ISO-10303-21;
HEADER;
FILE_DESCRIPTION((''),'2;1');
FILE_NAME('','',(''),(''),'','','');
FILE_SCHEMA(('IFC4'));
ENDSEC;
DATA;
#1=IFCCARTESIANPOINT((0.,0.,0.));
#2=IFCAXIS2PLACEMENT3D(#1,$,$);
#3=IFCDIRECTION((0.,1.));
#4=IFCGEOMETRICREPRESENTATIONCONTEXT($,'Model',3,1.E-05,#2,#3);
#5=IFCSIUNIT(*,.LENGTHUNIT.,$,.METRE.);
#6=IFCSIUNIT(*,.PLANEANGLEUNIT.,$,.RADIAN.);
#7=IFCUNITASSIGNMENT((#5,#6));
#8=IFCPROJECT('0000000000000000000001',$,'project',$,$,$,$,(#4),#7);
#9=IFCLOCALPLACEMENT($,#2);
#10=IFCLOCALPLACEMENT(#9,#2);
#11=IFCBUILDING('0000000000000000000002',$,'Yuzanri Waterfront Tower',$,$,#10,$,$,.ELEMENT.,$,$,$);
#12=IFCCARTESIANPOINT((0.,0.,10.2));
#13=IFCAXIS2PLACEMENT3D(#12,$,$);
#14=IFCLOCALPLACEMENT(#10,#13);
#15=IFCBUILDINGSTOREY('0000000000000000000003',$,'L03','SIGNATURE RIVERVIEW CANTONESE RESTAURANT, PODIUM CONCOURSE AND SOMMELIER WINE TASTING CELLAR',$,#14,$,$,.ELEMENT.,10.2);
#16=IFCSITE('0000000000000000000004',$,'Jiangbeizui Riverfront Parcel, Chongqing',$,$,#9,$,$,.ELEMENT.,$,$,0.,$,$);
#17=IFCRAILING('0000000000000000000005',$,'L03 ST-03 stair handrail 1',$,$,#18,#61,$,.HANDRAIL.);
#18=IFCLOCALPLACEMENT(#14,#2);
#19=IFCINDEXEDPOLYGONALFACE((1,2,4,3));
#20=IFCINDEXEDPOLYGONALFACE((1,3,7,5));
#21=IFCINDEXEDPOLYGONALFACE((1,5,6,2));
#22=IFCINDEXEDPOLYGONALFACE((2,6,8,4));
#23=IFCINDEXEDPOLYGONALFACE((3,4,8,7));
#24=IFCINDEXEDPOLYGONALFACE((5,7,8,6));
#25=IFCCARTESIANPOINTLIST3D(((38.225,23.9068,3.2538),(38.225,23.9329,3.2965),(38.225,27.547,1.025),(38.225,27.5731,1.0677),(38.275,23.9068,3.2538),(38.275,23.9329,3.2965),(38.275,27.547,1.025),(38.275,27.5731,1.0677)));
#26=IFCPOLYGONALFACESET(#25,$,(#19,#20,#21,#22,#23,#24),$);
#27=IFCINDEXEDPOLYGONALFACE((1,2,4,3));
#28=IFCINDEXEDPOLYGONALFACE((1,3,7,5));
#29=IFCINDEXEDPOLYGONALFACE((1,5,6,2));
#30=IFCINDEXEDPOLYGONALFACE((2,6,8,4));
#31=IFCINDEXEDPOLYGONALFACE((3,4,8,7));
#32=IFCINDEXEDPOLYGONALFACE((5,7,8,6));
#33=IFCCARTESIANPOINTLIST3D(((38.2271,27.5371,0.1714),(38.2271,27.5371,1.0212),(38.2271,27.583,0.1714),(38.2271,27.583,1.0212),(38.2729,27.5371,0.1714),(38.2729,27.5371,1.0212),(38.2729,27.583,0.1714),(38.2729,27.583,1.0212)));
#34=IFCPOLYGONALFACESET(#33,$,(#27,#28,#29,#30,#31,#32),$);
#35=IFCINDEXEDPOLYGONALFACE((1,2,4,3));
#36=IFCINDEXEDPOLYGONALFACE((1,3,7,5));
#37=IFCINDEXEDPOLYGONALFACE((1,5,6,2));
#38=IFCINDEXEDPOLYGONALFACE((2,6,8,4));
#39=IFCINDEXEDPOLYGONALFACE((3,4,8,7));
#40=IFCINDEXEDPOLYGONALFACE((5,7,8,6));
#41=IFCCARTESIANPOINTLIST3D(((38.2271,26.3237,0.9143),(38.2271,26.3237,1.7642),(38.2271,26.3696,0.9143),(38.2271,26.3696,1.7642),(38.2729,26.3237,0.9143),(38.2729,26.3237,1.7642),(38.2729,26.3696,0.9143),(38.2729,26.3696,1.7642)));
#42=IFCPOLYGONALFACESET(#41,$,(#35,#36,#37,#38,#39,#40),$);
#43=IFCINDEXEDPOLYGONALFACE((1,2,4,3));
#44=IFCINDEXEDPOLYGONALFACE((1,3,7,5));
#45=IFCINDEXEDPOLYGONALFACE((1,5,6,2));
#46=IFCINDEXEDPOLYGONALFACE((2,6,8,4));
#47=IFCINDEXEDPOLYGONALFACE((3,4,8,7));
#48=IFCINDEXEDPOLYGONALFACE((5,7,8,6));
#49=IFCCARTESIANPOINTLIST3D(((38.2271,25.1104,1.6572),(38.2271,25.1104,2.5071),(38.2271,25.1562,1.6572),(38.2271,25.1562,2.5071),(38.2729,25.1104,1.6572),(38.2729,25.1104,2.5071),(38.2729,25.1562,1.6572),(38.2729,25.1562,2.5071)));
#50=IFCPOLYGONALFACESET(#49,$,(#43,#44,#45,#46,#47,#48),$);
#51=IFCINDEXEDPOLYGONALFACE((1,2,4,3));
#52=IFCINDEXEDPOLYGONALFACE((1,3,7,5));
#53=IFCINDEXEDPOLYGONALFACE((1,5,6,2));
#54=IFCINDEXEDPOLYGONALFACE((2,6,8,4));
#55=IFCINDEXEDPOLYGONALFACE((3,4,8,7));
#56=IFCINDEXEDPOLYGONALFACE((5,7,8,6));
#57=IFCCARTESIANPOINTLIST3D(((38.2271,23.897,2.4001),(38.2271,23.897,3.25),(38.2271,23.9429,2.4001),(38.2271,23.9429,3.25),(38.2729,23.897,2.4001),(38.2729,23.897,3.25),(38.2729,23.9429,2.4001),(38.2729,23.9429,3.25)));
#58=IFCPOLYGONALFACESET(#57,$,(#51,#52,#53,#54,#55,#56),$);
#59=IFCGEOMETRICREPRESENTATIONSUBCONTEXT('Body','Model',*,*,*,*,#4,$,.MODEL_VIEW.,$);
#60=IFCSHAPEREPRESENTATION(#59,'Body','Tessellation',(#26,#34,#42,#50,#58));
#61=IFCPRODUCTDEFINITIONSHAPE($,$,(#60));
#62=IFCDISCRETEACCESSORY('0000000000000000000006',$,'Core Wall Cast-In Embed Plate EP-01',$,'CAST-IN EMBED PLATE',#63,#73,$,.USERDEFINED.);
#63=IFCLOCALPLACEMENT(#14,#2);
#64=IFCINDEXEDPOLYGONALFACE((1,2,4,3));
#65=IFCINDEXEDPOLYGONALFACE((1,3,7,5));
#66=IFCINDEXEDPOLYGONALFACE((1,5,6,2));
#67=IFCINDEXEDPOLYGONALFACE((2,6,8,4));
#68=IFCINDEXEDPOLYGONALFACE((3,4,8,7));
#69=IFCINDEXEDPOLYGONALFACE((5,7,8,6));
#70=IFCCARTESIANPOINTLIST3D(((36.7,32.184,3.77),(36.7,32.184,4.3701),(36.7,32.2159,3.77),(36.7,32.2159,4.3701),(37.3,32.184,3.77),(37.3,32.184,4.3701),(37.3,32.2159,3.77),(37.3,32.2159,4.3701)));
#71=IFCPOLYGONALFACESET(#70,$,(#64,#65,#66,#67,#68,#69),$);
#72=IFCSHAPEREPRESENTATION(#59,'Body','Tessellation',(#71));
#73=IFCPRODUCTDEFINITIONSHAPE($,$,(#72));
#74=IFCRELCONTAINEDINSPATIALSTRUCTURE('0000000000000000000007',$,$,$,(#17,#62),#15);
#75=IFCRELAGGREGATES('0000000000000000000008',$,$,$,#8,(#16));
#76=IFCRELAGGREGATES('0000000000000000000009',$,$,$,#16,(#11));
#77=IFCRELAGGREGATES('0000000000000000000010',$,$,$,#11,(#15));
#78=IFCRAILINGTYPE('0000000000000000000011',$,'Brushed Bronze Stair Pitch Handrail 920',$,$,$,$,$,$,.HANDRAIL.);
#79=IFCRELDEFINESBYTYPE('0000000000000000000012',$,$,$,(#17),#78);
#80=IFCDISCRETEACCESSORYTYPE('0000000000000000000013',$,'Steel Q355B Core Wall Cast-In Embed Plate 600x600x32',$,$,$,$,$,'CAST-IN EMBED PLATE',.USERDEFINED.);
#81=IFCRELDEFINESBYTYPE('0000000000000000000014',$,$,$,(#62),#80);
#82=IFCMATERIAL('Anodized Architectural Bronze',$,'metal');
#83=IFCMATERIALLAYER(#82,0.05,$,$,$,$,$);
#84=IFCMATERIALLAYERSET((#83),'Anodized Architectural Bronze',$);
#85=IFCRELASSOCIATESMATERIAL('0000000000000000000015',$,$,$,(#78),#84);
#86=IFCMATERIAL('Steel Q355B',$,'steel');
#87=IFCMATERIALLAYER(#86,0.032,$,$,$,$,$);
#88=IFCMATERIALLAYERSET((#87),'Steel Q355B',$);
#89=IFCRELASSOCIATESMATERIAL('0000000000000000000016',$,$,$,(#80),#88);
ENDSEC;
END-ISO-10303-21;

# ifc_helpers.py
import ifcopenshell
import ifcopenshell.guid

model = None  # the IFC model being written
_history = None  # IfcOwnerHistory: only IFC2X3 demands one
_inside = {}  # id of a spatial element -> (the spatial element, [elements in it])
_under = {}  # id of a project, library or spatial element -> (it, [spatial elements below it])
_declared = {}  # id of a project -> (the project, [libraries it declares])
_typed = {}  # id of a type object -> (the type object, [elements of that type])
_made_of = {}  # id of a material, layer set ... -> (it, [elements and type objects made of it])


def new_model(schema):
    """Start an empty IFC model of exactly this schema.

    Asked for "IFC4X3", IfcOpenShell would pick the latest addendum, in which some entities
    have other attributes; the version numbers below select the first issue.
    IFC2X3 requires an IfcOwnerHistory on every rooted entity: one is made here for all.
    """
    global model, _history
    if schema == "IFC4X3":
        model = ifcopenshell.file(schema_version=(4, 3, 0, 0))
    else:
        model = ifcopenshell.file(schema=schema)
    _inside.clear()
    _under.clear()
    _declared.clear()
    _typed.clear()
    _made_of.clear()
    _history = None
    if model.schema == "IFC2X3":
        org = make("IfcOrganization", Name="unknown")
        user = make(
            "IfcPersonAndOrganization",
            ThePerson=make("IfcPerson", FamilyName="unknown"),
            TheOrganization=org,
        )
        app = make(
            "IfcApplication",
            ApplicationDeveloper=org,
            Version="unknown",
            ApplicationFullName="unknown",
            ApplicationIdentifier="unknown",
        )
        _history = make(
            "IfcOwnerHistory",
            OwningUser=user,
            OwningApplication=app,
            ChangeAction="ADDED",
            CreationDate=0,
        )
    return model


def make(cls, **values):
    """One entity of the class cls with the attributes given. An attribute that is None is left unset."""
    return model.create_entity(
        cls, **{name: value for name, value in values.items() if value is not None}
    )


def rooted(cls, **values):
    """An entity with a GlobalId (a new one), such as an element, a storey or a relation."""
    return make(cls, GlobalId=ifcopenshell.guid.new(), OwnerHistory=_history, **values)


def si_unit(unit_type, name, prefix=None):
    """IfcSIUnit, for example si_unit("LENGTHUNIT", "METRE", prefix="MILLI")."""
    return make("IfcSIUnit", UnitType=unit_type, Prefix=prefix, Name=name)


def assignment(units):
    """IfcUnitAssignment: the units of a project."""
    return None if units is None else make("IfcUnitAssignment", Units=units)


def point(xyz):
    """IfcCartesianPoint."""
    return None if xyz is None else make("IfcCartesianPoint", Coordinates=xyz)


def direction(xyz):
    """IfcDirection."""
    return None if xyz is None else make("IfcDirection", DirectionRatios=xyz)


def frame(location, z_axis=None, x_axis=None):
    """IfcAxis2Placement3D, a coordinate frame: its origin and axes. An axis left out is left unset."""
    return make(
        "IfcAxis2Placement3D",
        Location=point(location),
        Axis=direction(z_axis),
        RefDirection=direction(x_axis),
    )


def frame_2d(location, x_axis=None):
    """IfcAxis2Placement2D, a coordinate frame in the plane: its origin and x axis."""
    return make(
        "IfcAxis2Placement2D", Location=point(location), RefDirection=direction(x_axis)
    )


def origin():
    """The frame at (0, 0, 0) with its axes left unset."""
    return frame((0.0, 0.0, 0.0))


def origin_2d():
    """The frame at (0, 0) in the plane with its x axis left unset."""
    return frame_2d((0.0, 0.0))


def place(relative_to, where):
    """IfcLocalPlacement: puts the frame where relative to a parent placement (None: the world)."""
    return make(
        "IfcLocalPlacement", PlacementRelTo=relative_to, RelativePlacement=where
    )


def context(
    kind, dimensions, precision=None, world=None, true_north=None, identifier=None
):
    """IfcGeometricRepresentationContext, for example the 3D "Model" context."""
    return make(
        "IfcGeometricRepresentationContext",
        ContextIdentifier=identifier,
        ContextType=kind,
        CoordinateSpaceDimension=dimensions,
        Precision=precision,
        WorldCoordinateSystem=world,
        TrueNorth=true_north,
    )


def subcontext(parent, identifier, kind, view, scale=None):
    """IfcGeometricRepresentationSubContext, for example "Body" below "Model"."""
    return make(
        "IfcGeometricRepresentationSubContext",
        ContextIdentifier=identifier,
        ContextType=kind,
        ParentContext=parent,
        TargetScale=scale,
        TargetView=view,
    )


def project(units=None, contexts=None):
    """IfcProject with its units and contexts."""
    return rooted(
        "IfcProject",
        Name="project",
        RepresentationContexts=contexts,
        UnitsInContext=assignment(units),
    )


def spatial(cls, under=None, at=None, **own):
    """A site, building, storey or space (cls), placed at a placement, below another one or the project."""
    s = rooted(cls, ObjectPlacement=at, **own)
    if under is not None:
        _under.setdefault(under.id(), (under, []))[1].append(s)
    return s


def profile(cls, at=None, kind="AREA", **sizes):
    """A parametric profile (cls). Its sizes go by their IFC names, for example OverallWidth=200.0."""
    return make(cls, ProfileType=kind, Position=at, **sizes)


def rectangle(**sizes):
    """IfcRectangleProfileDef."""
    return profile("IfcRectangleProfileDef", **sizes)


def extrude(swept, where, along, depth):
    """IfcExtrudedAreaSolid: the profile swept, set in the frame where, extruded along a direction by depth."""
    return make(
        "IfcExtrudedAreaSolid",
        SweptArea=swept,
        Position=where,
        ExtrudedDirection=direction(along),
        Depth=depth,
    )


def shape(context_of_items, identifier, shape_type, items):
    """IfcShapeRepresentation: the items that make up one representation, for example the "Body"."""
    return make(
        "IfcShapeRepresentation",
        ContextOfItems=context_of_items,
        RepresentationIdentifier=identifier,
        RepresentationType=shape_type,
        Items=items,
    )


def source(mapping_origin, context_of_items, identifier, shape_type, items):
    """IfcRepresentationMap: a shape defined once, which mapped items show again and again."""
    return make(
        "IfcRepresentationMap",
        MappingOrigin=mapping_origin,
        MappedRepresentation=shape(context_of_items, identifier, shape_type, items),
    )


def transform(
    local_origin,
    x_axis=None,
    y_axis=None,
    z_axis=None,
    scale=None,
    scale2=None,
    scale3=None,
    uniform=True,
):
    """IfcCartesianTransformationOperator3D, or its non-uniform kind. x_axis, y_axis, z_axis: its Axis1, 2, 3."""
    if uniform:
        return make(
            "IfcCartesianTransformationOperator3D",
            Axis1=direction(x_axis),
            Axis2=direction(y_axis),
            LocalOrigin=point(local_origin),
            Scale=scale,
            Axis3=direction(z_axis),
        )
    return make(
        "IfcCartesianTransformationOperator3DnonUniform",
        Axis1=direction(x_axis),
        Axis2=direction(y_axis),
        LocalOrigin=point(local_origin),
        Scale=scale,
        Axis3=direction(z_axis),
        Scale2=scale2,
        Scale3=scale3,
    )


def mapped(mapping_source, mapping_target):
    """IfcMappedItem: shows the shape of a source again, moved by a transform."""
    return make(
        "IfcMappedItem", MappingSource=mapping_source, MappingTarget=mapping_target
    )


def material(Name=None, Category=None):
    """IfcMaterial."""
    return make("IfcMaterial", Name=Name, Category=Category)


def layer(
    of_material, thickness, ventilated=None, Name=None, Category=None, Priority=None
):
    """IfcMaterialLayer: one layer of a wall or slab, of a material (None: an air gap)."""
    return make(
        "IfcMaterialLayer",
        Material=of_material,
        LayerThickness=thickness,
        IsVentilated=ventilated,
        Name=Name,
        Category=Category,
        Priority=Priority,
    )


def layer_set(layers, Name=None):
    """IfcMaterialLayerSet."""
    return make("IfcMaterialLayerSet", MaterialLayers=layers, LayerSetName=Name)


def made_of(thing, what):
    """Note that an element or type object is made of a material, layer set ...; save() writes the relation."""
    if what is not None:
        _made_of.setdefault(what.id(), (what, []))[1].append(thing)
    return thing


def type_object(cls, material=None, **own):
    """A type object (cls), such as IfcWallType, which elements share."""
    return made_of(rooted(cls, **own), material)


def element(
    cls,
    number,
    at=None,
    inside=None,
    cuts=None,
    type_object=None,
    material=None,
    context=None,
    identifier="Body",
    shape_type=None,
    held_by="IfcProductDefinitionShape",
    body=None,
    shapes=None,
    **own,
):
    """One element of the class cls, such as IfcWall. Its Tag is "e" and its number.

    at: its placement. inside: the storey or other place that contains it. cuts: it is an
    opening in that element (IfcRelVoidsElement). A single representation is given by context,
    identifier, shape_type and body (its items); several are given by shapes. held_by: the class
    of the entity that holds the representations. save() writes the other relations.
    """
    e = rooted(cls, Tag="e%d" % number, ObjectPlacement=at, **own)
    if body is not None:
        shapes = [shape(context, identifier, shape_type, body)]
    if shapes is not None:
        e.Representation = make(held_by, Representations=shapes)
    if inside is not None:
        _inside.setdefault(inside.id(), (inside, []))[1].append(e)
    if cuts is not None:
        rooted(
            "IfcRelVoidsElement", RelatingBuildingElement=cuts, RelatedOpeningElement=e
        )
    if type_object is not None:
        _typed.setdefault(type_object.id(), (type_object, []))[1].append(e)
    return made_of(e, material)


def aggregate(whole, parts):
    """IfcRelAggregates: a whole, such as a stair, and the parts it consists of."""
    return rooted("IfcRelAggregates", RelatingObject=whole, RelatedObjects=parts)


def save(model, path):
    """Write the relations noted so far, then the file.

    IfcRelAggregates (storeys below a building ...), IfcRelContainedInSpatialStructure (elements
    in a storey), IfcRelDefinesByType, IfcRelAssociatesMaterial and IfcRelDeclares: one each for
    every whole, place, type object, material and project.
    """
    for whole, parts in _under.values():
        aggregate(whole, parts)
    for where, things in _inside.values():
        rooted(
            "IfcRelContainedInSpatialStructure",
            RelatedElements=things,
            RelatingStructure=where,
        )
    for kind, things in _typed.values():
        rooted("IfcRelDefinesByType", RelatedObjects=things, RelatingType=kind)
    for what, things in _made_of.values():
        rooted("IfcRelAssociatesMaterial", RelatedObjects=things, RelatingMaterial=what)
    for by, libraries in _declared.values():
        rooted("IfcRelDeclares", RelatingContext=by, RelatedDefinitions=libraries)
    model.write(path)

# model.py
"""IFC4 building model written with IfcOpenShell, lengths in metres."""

from ifc_helpers import new_model, si_unit, direction, frame, origin, origin_2d, place, context, subcontext, project, spatial, rectangle, extrude, source, transform, mapped, material, layer, layer_set, type_object, element, save


model = new_model("IFC4")

# Units and contexts
model_context = context("Model", 3, precision=1e-05, world=origin(), true_north=direction((0.0, 1.0)))
body_context = subcontext(model_context, "Body", "Model", "MODEL_VIEW")
ifc_project = project(units=[si_unit("LENGTHUNIT", "METRE"), si_unit("PLANEANGLEUNIT", "RADIAN")], contexts=[model_context])

# Site, building, storey
site_placement = place(None, origin())
site = spatial("IfcSite", under=ifc_project, at=site_placement, Name="Jiangbeizui Riverfront Parcel, Chongqing", CompositionType="ELEMENT", RefElevation=0.0)
building_placement = place(site_placement, origin())
building = spatial("IfcBuilding", under=site, at=building_placement, Name="Yuzanri Waterfront Tower", CompositionType="ELEMENT")
storey_placement = place(building_placement, frame((0.0, 0.0, 10.2)))
storey = spatial("IfcBuildingStorey", under=building, at=storey_placement, Name="L03", Description="SIGNATURE RIVERVIEW CANTONESE RESTAURANT, PODIUM CONCOURSE AND SOMMELIER WINE TASTING CELLAR", CompositionType="ELEMENT", Elevation=10.2)

# Railing
ifc_material_1 = material(Name="Anodized Architectural Bronze", Category="metal")
ifc_layer_1 = layer(ifc_material_1, 0.05)
ifc_layer_set_1 = layer_set([ifc_layer_1], Name="Anodized Architectural Bronze")
railing_type_1 = type_object("IfcRailingType", Name="Brushed Bronze Stair Pitch Handrail 920", PredefinedType="HANDRAIL", material=ifc_layer_set_1)
shared_shape_1 = source(origin(), body_context, "Body", "SweptSolid", [
    extrude(rectangle(XDim=0.05, YDim=0.05, at=origin_2d()), frame((0.0, 0.0, 0.875), z_axis=(0.0, -0.85284, 0.522172), x_axis=(1.0, 0.0, 0.0)), (0.0, 0.0, 1.0), 4.2683),
    extrude(rectangle(XDim=0.0459, YDim=0.0459, at=origin_2d()), origin(), (0.0, 0.0, 1.0), 0.8499),
    extrude(rectangle(XDim=0.0459, YDim=0.0459, at=origin_2d()), frame((0.0, -1.2134, 0.7429)), (0.0, 0.0, 1.0), 0.8499),
    extrude(rectangle(XDim=0.0459, YDim=0.0459, at=origin_2d()), frame((0.0, -2.4268, 1.4858)), (0.0, 0.0, 1.0), 0.8499),
    extrude(rectangle(XDim=0.0459, YDim=0.0459, at=origin_2d()), frame((0.0, -3.6401, 2.2288)), (0.0, 0.0, 1.0), 0.8499),
])
railing_1_placement = place(storey_placement, frame((38.25, 27.5601, 0.1714)))
element("IfcRailing", 1, at=railing_1_placement, inside=storey, type_object=railing_type_1, Name="L03 ST-03 stair handrail 1", PredefinedType="HANDRAIL", context=body_context, shape_type="MappedRepresentation", body=[
    mapped(shared_shape_1, transform((0.0, 0.0, 0.0), scale=1.0)),
])

# Discrete accessory
ifc_material_2 = material(Name="Steel Q355B", Category="steel")
ifc_layer_2 = layer(ifc_material_2, 0.032)
ifc_layer_set_2 = layer_set([ifc_layer_2], Name="Steel Q355B")
discrete_accessory_type = type_object("IfcDiscreteAccessoryType", Name="Steel Q355B Core Wall Cast-In Embed Plate 600x600x32", ElementType="CAST-IN EMBED PLATE", PredefinedType="USERDEFINED", material=ifc_layer_set_2)
shared_shape_2 = source(origin(), body_context, "Body", "SweptSolid", [
    extrude(rectangle(XDim=0.6001, YDim=0.032, at=origin_2d()), origin(), (0.0, 0.0, 1.0), 0.6001),
])
discrete_accessory_placement = place(storey_placement, frame((37.0, 32.2, 3.77), z_axis=(0.0, 0.0, 1.0), x_axis=(1.0, 0.0, 0.0)))
element("IfcDiscreteAccessory", 2, at=discrete_accessory_placement, inside=storey, type_object=discrete_accessory_type, Name="Core Wall Cast-In Embed Plate EP-01", ObjectType="CAST-IN EMBED PLATE", PredefinedType="USERDEFINED", context=body_context, shape_type="MappedRepresentation", body=[
    mapped(shared_shape_2, transform((0.0, 0.0, 0.0), scale=1.0)),
])

save(model, "model.ifc")
